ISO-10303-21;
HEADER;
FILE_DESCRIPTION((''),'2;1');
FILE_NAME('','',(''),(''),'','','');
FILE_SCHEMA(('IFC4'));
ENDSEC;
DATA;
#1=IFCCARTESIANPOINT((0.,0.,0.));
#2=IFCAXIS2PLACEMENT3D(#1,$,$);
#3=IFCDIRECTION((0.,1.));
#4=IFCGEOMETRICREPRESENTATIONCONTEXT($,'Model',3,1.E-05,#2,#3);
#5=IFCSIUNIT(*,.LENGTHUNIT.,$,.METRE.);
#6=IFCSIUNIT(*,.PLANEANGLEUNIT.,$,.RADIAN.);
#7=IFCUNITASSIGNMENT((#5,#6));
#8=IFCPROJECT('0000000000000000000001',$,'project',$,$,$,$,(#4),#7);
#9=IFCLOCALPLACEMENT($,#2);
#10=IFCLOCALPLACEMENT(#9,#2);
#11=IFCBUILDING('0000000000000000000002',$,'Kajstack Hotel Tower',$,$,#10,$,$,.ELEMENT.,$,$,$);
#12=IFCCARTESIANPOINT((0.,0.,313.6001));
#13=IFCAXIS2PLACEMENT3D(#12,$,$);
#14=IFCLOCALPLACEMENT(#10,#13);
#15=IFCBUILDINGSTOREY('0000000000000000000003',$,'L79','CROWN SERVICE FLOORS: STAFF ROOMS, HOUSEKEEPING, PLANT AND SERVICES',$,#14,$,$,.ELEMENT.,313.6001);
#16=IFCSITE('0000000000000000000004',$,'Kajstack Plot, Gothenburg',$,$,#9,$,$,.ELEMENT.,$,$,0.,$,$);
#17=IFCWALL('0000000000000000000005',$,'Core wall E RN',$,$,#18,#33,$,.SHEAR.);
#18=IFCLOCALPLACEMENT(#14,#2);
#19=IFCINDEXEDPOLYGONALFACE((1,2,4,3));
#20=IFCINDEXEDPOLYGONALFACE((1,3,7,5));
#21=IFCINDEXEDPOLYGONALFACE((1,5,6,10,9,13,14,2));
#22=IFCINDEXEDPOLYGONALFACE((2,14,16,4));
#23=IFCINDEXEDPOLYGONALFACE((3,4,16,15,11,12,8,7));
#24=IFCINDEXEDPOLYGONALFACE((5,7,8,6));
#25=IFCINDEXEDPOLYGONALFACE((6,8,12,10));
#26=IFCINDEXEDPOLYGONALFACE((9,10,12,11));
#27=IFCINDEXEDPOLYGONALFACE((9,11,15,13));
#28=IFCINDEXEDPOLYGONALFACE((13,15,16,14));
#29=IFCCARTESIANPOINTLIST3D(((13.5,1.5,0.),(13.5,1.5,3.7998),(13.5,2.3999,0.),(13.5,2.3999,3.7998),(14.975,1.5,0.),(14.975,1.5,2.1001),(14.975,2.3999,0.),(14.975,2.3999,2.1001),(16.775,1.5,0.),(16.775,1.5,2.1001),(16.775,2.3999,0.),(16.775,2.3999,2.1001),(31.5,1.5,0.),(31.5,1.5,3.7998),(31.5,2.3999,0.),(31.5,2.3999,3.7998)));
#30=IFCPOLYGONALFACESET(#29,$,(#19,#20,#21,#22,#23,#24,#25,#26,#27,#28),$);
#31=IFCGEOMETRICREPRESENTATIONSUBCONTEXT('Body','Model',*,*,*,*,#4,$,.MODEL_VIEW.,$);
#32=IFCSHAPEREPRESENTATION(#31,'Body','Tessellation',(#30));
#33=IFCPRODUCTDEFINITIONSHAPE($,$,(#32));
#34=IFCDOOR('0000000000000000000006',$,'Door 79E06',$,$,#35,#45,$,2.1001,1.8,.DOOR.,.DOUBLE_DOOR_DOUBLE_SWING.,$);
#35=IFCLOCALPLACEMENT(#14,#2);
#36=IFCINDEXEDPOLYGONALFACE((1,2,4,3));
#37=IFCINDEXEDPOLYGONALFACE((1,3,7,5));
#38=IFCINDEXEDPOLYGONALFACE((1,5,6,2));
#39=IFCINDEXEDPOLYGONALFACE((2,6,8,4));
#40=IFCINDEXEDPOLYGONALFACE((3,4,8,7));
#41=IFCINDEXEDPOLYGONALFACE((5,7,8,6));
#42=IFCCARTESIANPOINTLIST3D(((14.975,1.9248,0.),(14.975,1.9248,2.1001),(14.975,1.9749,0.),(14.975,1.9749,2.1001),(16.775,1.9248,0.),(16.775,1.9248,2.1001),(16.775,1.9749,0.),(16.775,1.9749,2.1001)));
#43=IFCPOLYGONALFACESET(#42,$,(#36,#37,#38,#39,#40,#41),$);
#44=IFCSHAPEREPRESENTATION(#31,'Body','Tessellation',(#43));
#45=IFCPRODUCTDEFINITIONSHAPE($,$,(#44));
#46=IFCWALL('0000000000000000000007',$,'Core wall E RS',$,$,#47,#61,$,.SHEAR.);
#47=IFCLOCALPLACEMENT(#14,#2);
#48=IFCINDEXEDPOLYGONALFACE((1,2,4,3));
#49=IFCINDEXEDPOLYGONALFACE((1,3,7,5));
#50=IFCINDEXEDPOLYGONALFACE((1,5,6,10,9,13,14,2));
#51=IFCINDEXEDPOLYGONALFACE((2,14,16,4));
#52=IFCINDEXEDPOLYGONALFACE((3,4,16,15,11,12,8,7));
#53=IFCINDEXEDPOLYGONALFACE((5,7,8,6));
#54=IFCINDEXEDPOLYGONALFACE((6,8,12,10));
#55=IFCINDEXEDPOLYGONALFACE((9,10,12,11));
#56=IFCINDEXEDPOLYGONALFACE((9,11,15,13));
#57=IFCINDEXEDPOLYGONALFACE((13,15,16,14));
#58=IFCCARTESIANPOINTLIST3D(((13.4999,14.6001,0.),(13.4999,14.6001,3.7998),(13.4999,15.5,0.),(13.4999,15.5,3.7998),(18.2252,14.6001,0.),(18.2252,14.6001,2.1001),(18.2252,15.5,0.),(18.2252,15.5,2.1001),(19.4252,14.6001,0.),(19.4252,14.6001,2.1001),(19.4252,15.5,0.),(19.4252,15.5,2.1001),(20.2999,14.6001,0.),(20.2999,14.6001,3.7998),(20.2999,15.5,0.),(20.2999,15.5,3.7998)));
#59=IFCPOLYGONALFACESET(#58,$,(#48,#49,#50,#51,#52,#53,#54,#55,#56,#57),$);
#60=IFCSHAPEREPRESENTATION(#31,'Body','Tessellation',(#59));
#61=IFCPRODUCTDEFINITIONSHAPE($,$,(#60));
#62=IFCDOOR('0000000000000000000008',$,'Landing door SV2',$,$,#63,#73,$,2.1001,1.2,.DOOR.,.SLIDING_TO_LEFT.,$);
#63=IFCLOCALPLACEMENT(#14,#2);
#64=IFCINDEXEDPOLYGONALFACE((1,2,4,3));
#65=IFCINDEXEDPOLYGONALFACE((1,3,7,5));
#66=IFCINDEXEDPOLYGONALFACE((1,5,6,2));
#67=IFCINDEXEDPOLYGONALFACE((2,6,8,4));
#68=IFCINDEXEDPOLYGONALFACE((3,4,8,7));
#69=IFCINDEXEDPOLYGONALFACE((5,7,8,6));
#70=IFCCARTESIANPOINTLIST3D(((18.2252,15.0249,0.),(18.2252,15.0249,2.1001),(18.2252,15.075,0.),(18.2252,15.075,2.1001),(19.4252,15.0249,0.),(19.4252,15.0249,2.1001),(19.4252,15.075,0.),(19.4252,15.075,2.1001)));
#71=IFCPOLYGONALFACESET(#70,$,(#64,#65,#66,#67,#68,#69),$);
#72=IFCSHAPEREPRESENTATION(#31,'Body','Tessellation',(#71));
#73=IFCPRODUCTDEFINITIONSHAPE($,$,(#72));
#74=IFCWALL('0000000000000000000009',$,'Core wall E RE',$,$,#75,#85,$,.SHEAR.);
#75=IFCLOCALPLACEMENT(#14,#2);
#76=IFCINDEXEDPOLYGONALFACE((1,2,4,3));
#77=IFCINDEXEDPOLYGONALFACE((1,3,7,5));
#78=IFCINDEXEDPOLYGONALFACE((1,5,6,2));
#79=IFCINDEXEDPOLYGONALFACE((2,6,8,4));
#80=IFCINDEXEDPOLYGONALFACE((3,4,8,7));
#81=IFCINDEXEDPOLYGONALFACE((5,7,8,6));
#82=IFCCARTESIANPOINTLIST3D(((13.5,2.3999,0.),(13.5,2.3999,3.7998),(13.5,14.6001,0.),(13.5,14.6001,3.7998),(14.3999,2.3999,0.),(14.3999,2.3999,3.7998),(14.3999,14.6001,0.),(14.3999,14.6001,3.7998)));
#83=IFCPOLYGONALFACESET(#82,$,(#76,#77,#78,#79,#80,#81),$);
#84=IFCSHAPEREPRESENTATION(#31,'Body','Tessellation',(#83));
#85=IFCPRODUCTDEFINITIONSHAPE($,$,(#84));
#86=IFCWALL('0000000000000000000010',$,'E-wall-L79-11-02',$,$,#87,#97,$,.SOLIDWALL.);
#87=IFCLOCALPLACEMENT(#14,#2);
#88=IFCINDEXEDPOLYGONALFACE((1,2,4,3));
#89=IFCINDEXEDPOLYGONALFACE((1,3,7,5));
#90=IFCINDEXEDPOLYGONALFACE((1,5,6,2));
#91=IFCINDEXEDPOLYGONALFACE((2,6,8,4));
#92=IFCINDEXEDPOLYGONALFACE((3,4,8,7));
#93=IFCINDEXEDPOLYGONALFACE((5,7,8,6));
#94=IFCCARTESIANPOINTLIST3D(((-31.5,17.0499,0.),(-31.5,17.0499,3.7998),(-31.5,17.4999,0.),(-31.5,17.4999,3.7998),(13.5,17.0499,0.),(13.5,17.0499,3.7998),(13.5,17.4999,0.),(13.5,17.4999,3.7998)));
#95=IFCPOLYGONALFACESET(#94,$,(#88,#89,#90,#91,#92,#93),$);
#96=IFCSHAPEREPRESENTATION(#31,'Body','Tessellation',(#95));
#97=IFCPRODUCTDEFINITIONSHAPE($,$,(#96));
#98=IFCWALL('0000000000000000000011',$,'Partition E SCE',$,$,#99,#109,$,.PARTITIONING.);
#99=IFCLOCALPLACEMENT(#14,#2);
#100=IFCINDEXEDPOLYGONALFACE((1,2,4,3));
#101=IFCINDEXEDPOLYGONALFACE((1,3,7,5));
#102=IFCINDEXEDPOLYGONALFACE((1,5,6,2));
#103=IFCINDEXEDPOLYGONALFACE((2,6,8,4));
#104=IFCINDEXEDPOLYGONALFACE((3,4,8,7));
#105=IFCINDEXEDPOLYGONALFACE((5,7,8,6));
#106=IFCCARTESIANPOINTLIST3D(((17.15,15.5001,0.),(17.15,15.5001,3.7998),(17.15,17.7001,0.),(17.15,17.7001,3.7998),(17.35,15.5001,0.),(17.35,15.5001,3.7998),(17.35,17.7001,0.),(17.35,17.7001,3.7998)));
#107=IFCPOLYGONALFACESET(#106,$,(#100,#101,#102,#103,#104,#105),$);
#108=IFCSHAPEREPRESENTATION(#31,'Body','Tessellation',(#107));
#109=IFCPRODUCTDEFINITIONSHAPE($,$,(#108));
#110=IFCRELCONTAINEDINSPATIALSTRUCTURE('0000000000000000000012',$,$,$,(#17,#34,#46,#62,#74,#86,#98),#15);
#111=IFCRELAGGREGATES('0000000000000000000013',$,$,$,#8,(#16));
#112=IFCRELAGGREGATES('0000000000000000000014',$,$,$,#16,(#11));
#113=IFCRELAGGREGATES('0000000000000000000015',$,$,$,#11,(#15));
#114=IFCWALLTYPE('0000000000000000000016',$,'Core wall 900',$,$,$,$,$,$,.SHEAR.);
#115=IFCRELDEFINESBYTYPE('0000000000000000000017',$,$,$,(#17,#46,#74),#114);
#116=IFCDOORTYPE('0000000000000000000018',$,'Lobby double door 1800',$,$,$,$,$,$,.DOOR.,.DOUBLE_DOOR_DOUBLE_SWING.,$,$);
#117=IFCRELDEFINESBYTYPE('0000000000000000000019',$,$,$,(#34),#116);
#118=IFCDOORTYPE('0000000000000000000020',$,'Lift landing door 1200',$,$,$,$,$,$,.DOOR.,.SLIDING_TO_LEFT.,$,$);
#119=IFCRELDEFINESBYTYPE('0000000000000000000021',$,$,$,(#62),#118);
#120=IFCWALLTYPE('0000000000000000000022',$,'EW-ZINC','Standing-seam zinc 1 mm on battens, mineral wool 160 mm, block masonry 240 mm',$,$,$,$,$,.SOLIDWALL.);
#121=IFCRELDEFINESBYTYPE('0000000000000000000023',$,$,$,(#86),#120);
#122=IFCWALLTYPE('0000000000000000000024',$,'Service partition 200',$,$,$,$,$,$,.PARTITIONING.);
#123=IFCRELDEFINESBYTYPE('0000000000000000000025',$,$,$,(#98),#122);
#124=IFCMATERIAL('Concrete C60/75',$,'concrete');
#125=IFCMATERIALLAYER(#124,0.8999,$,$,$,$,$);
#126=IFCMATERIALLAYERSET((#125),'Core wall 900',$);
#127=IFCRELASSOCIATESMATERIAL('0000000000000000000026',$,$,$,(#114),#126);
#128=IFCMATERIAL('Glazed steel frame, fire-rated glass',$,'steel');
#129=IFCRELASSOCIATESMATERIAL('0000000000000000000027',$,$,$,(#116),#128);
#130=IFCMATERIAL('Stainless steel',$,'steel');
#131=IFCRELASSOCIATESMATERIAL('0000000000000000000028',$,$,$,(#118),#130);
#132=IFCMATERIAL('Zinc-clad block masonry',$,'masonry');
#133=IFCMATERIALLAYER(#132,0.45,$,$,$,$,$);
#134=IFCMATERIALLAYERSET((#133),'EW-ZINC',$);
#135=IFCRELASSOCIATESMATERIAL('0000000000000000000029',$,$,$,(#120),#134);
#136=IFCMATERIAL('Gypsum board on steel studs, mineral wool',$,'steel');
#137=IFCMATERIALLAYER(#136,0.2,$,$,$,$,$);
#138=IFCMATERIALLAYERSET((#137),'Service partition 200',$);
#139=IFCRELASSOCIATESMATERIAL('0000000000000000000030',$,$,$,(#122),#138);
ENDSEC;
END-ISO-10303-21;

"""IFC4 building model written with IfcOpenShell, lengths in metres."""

from ifc_helpers import new_model, si_unit, direction, frame, frame_2d, origin, place, context, subcontext, project, spatial, rectangle, extrude, material, layer, layer_set, type_object, element, fill, save


model = new_model("IFC4")

# Units and contexts
model_context = context("Model", 3, precision=1e-05, world=origin(), true_north=direction((0.0, 1.0)))
body_context = subcontext(model_context, "Body", "Model", "MODEL_VIEW")
ifc_project = project(units=[si_unit("LENGTHUNIT", "METRE"), si_unit("PLANEANGLEUNIT", "RADIAN")], contexts=[model_context])

# Site, building, storey
site_placement = place(None, origin())
site = spatial("IfcSite", under=ifc_project, at=site_placement, Name="Kajstack Plot, Gothenburg", CompositionType="ELEMENT", RefElevation=0.0)
building_placement = place(site_placement, origin())
building = spatial("IfcBuilding", under=site, at=building_placement, Name="Kajstack Hotel Tower", CompositionType="ELEMENT")
storey_placement = place(building_placement, frame((0.0, 0.0, 313.6001)))
storey = spatial("IfcBuildingStorey", under=building, at=storey_placement, Name="L79", Description="CROWN SERVICE FLOORS: STAFF ROOMS, HOUSEKEEPING, PLANT AND SERVICES", CompositionType="ELEMENT", Elevation=313.6001)

# Walls, openings, doors
ifc_material_1 = material(Name="Concrete C60/75", Category="concrete")
ifc_layer_1 = layer(ifc_material_1, 0.8999)
ifc_layer_set_1 = layer_set([ifc_layer_1], Name="Core wall 900")
wall_type_1 = type_object("IfcWallType", Name="Core wall 900", PredefinedType="SHEAR", material=ifc_layer_set_1)
wall_1_placement = place(storey_placement, frame((13.5, 1.95, 0.0), z_axis=(0.0, 0.0, 1.0), x_axis=(1.0, 0.0, 0.0)))
wall_1 = element("IfcWall", 1, at=wall_1_placement, inside=storey, type_object=wall_type_1, Name="Core wall E RN", PredefinedType="SHEAR", context=body_context, shape_type="SweptSolid", body=[
    extrude(rectangle(XDim=18.0, YDim=0.8999, at=frame_2d((9.0, 0.0))), origin(), (0.0, 0.0, 1.0), 3.7998),
])
opening_1_placement = place(wall_1_placement, frame((1.4751, 0.0, 0.0)))
opening_1 = element("IfcOpeningElement", 2, at=opening_1_placement, cuts=wall_1, PredefinedType="OPENING", context=body_context, shape_type="SweptSolid", body=[
    extrude(rectangle(XDim=1.8, YDim=2.1001, at=frame_2d((0.8999, 1.05))), frame((0.0, 0.46, 0.0), z_axis=(0.0, -1.0, 0.0), x_axis=(1.0, 0.0, 0.0)), (0.0, 0.0, 1.0), 0.9199),
])
ifc_material_2 = material(Name="Glazed steel frame, fire-rated glass", Category="steel")
door_type_1 = type_object("IfcDoorType", Name="Lobby double door 1800", OperationType="DOUBLE_DOOR_DOUBLE_SWING", PredefinedType="DOOR", material=ifc_material_2)
door_1_placement = place(opening_1_placement, origin())
door_1 = element("IfcDoor", 3, at=door_1_placement, inside=storey, type_object=door_type_1, Name="Door 79E06", OperationType="DOUBLE_DOOR_DOUBLE_SWING", OverallHeight=2.1001, OverallWidth=1.8, PredefinedType="DOOR", context=body_context, shape_type="SweptSolid", body=[
    extrude(rectangle(XDim=1.8, YDim=2.1001, at=frame_2d((0.8999, 1.05))), frame((0.0, 0.0249, 0.0), z_axis=(0.0, -1.0, 0.0), x_axis=(1.0, 0.0, 0.0)), (0.0, 0.0, 1.0), 0.05),
])
fill(opening_1, door_1)
wall_2_placement = place(storey_placement, frame((13.5, 15.05, 0.0), z_axis=(0.0, 0.0, 1.0), x_axis=(1.0, 0.0, 0.0)))
wall_2 = element("IfcWall", 4, at=wall_2_placement, inside=storey, type_object=wall_type_1, Name="Core wall E RS", PredefinedType="SHEAR", context=body_context, shape_type="SweptSolid", body=[
    extrude(rectangle(XDim=6.8, YDim=0.8999, at=frame_2d((3.3999, 0.0))), origin(), (0.0, 0.0, 1.0), 3.7998),
])
opening_2_placement = place(wall_2_placement, frame((4.7251, 0.0, 0.0)))
opening_2 = element("IfcOpeningElement", 5, at=opening_2_placement, cuts=wall_2, PredefinedType="OPENING", context=body_context, shape_type="SweptSolid", body=[
    extrude(rectangle(XDim=1.2, YDim=2.1001, at=frame_2d((0.6001, 1.05))), frame((0.0, 0.46, 0.0), z_axis=(0.0, -1.0, 0.0), x_axis=(1.0, 0.0, 0.0)), (0.0, 0.0, 1.0), 0.9199),
])
ifc_material_3 = material(Name="Stainless steel", Category="steel")
door_type_2 = type_object("IfcDoorType", Name="Lift landing door 1200", OperationType="SLIDING_TO_LEFT", PredefinedType="DOOR", material=ifc_material_3)
door_2_placement = place(opening_2_placement, origin())
door_2 = element("IfcDoor", 6, at=door_2_placement, inside=storey, type_object=door_type_2, Name="Landing door SV2", OperationType="SLIDING_TO_LEFT", OverallHeight=2.1001, OverallWidth=1.2, PredefinedType="DOOR", context=body_context, shape_type="SweptSolid", body=[
    extrude(rectangle(XDim=1.2, YDim=2.1001, at=frame_2d((0.6001, 1.05))), frame((0.0, 0.0249, 0.0), z_axis=(0.0, -1.0, 0.0), x_axis=(1.0, 0.0, 0.0)), (0.0, 0.0, 1.0), 0.05),
])
fill(opening_2, door_2)

# Walls
wall_3_placement = place(storey_placement, frame((13.95, 2.3999, 0.0), z_axis=(0.0, 0.0, 1.0), x_axis=(0.0, 1.0, 0.0)))
element("IfcWall", 7, at=wall_3_placement, inside=storey, type_object=wall_type_1, Name="Core wall E RE", PredefinedType="SHEAR", context=body_context, shape_type="SweptSolid", body=[
    extrude(rectangle(XDim=12.2002, YDim=0.8999, at=frame_2d((6.1001, 0.0))), origin(), (0.0, 0.0, 1.0), 3.7998),
])
ifc_material_4 = material(Name="Zinc-clad block masonry", Category="masonry")
ifc_layer_2 = layer(ifc_material_4, 0.45)
ifc_layer_set_2 = layer_set([ifc_layer_2], Name="EW-ZINC")
wall_type_2 = type_object("IfcWallType", Name="EW-ZINC", Description="Standing-seam zinc 1 mm on battens, mineral wool 160 mm, block masonry 240 mm", PredefinedType="SOLIDWALL", material=ifc_layer_set_2)
wall_4_placement = place(storey_placement, frame((13.5, 17.2749, 0.0), z_axis=(0.0, 0.0, 1.0), x_axis=(-1.0, 0.0, 0.0)))
element("IfcWall", 8, at=wall_4_placement, inside=storey, type_object=wall_type_2, Name="E-wall-L79-11-02", PredefinedType="SOLIDWALL", context=body_context, shape_type="SweptSolid", body=[
    extrude(rectangle(XDim=45.0, YDim=0.45, at=frame_2d((22.5, 0.0))), origin(), (0.0, 0.0, 1.0), 3.7998),
])
ifc_material_5 = material(Name="Gypsum board on steel studs, mineral wool", Category="steel")
ifc_layer_3 = layer(ifc_material_5, 0.2)
ifc_layer_set_3 = layer_set([ifc_layer_3], Name="Service partition 200")
wall_type_3 = type_object("IfcWallType", Name="Service partition 200", PredefinedType="PARTITIONING", material=ifc_layer_set_3)
wall_5_placement = place(storey_placement, frame((17.25, 15.5, 0.0), z_axis=(0.0, 0.0, 1.0), x_axis=(0.0, 1.0, 0.0)))
element("IfcWall", 9, at=wall_5_placement, inside=storey, type_object=wall_type_3, Name="Partition E SCE", PredefinedType="PARTITIONING", context=body_context, shape_type="SweptSolid", body=[
    extrude(rectangle(XDim=2.2, YDim=0.2, at=frame_2d((1.1001, 0.0))), origin(), (0.0, 0.0, 1.0), 3.7998),
])

save(model, "model.ifc")
